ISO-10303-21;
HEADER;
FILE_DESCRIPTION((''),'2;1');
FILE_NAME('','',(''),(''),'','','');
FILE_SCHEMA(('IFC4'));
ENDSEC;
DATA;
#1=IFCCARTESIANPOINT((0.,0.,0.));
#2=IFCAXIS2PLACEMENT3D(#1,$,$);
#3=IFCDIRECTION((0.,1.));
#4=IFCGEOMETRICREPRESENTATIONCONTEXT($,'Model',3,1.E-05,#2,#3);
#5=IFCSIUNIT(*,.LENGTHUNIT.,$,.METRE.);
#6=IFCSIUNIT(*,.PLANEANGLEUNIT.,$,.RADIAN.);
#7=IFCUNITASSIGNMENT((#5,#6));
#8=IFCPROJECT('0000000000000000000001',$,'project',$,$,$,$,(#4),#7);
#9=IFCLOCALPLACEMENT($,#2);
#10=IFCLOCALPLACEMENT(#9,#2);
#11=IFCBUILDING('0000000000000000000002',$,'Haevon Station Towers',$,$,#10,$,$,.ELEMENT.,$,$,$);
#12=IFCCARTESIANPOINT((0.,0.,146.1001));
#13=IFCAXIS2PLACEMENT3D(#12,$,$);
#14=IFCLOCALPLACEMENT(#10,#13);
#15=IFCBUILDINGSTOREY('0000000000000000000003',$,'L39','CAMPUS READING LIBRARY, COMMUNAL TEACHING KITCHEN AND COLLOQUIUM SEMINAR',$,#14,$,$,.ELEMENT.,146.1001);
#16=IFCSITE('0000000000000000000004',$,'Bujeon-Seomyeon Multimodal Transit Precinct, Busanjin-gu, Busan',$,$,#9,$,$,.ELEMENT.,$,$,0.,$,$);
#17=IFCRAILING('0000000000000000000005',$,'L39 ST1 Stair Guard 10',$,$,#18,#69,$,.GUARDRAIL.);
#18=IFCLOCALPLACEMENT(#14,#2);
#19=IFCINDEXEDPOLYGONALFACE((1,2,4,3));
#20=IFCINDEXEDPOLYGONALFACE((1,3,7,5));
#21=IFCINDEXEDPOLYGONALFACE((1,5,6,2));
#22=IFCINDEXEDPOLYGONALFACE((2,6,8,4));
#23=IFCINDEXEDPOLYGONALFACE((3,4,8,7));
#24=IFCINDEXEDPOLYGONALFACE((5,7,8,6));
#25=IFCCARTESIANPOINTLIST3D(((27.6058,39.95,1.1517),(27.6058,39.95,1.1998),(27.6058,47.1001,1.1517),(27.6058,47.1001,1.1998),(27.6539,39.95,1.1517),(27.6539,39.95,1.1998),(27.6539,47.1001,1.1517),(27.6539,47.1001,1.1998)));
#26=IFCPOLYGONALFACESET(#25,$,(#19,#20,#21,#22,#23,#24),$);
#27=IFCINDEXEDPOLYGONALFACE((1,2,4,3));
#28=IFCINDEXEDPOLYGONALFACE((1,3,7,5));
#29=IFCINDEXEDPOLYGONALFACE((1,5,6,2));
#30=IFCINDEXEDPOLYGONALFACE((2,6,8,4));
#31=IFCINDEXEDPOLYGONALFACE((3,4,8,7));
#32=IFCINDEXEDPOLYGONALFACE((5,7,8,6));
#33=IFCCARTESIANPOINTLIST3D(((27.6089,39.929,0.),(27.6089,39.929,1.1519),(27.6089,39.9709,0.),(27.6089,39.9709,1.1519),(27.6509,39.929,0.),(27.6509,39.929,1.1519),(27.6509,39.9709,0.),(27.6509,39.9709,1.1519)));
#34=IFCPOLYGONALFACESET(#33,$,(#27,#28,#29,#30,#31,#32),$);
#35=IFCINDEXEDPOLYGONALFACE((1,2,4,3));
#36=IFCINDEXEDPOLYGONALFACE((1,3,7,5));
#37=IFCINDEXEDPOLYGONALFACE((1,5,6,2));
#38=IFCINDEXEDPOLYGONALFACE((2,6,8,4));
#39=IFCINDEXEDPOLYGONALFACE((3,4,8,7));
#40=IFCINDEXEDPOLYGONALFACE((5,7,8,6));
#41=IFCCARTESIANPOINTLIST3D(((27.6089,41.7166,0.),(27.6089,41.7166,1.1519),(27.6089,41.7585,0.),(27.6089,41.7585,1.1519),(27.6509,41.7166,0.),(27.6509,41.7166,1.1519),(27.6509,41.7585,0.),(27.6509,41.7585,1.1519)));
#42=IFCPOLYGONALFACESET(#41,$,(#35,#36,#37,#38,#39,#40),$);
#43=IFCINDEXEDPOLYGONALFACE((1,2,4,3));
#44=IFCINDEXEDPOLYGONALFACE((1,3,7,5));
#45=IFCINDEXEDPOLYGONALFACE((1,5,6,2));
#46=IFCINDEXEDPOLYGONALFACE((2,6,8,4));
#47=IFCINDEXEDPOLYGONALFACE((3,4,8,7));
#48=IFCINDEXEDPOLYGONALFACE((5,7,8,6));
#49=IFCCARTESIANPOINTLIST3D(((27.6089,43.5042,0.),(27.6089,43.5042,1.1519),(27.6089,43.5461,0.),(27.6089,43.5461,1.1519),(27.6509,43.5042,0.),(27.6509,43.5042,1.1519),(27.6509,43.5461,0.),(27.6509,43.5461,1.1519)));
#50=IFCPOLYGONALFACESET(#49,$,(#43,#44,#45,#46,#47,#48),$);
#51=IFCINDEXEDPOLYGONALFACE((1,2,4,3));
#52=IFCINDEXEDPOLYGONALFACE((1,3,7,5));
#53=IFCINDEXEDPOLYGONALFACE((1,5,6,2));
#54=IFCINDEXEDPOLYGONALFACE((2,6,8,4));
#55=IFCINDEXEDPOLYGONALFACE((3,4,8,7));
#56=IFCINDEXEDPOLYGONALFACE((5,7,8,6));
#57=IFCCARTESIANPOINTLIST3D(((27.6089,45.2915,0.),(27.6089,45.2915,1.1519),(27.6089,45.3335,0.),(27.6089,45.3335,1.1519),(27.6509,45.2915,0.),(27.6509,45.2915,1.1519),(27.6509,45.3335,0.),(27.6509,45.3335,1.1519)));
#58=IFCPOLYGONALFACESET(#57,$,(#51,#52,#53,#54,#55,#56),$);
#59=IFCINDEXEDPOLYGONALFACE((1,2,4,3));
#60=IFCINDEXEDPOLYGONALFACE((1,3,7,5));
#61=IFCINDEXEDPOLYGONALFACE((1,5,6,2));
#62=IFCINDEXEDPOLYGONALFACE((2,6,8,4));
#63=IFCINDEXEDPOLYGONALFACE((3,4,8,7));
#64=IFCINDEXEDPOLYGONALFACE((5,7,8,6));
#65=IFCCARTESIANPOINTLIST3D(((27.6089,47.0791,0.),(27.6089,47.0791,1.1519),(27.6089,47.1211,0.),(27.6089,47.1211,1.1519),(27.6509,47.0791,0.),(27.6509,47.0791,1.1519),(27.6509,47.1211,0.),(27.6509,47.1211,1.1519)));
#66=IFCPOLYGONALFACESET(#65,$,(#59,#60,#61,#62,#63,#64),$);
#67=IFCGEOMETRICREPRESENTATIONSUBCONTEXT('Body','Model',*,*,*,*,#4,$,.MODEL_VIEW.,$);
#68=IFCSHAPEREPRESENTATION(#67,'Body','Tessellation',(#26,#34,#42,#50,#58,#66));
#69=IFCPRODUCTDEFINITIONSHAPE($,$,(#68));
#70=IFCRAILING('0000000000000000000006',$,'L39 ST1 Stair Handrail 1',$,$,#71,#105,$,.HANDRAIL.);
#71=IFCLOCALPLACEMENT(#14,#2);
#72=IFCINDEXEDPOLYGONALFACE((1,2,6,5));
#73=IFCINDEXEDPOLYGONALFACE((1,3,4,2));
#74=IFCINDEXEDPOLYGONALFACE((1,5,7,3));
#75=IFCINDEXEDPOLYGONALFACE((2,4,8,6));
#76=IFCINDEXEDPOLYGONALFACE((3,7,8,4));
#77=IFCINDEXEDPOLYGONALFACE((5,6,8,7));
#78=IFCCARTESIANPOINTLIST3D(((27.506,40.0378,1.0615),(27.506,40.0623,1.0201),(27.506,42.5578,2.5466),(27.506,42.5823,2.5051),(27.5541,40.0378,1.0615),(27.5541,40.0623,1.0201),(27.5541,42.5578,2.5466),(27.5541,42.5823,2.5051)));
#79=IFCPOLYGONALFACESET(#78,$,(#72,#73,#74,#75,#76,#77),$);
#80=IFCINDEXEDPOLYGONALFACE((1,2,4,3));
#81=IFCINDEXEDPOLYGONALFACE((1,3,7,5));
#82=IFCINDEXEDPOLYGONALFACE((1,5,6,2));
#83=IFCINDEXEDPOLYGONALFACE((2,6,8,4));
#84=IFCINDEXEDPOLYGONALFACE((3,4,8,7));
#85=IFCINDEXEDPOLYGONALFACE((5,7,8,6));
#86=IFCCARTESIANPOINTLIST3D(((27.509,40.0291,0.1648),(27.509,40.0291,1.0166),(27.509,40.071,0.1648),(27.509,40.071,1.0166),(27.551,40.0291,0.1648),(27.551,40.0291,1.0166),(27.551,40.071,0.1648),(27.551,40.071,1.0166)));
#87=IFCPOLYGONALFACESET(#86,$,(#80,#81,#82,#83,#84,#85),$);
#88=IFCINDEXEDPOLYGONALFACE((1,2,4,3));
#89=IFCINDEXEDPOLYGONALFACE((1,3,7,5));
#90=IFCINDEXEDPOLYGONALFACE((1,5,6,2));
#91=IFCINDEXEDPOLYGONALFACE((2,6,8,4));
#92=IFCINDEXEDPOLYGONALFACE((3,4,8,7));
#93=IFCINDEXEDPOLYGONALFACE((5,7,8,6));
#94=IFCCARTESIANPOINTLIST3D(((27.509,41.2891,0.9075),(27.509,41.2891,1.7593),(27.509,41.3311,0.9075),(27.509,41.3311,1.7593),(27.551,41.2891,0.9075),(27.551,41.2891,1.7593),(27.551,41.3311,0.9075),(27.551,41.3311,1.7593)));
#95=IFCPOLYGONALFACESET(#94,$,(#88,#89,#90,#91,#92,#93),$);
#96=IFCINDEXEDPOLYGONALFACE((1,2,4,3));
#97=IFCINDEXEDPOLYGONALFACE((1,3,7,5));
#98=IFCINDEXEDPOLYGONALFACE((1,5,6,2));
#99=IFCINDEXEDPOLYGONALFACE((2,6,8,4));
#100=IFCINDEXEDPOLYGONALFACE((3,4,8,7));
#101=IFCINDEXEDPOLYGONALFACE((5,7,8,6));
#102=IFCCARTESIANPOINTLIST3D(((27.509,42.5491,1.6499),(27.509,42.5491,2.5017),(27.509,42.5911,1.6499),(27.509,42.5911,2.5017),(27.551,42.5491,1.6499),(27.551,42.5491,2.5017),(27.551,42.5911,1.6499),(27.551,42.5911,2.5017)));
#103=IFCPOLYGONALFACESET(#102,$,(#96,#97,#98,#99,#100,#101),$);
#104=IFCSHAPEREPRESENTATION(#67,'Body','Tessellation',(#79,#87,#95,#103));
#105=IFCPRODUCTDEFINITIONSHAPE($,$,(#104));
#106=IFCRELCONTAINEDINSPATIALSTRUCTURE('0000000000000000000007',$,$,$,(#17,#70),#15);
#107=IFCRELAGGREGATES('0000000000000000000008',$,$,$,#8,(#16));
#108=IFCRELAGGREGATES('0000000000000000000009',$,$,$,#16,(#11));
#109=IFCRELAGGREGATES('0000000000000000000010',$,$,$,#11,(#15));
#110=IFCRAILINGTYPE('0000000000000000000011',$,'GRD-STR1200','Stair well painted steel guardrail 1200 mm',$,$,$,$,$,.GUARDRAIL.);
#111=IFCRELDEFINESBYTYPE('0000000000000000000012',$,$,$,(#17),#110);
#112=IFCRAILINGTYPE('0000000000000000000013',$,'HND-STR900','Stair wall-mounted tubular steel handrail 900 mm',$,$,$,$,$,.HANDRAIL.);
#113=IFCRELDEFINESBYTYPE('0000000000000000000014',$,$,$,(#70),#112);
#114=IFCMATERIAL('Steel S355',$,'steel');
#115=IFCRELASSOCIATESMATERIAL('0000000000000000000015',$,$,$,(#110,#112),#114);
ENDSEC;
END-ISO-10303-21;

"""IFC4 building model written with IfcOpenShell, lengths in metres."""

from ifc_helpers import new_model, si_unit, direction, frame, origin, origin_2d, place, context, subcontext, project, spatial, rectangle, extrude, material, type_object, element, save


model = new_model("IFC4")

# Units and contexts
model_context = context("Model", 3, precision=1e-05, world=origin(), true_north=direction((0.0, 1.0)))
body_context = subcontext(model_context, "Body", "Model", "MODEL_VIEW")
ifc_project = project(units=[si_unit("LENGTHUNIT", "METRE"), si_unit("PLANEANGLEUNIT", "RADIAN")], contexts=[model_context])

# Site, building, storey
site_placement = place(None, origin())
site = spatial("IfcSite", under=ifc_project, at=site_placement, Name="Bujeon-Seomyeon Multimodal Transit Precinct, Busanjin-gu, Busan", CompositionType="ELEMENT", RefElevation=0.0)
building_placement = place(site_placement, origin())
building = spatial("IfcBuilding", under=site, at=building_placement, Name="Haevon Station Towers", CompositionType="ELEMENT")
storey_placement = place(building_placement, frame((0.0, 0.0, 146.1001)))
storey = spatial("IfcBuildingStorey", under=building, at=storey_placement, Name="L39", Description="CAMPUS READING LIBRARY, COMMUNAL TEACHING KITCHEN AND COLLOQUIUM SEMINAR", CompositionType="ELEMENT", Elevation=146.1001)

# Shared definitions
ifc_material_1 = material(Name="Steel S355", Category="steel")

# Railings
railing_type_1 = type_object("IfcRailingType", Name="GRD-STR1200", Description="Stair well painted steel guardrail 1200 mm", PredefinedType="GUARDRAIL", material=ifc_material_1)
railing_1_placement = place(storey_placement, frame((27.6299, 39.95, 0.0)))
element("IfcRailing", 1, at=railing_1_placement, inside=storey, type_object=railing_type_1, Name="L39 ST1 Stair Guard 10", PredefinedType="GUARDRAIL", context=body_context, shape_type="SweptSolid", body=[
    extrude(rectangle(XDim=0.0481, YDim=0.0481, at=origin_2d()), frame((0.0, 0.0, 1.1758), z_axis=(0.0, 1.0, 0.0), x_axis=(-1.0, 0.0, 0.0)), (0.0, 0.0, 1.0), 7.1501),
    extrude(rectangle(XDim=0.042, YDim=0.042, at=origin_2d()), origin(), (0.0, 0.0, 1.0), 1.1519),
    extrude(rectangle(XDim=0.042, YDim=0.042, at=origin_2d()), frame((0.0, 1.7876, 0.0)), (0.0, 0.0, 1.0), 1.1519),
    extrude(rectangle(XDim=0.042, YDim=0.042, at=origin_2d()), frame((0.0, 3.5752, 0.0)), (0.0, 0.0, 1.0), 1.1519),
    extrude(rectangle(XDim=0.042, YDim=0.042, at=origin_2d()), frame((0.0, 5.3625, 0.0)), (0.0, 0.0, 1.0), 1.1519),
    extrude(rectangle(XDim=0.042, YDim=0.042, at=origin_2d()), frame((0.0, 7.1501, 0.0)), (0.0, 0.0, 1.0), 1.1519),
])
railing_type_2 = type_object("IfcRailingType", Name="HND-STR900", Description="Stair wall-mounted tubular steel handrail 900 mm", PredefinedType="HANDRAIL", material=ifc_material_1)
railing_2_placement = place(storey_placement, frame((27.53, 40.05, 0.1648)))
element("IfcRailing", 2, at=railing_2_placement, inside=storey, type_object=railing_type_2, Name="L39 ST1 Stair Handrail 1", PredefinedType="HANDRAIL", context=body_context, shape_type="SweptSolid", body=[
    extrude(rectangle(XDim=0.0481, YDim=0.0481, at=origin_2d()), frame((0.0, 0.0, 0.876), z_axis=(0.0, 0.861524, 0.507717), x_axis=(-1.0, 0.0, 0.0)), (0.0, 0.0, 1.0), 2.925),
    extrude(rectangle(XDim=0.042, YDim=0.042, at=origin_2d()), origin(), (0.0, 0.0, 1.0), 0.8518),
    extrude(rectangle(XDim=0.042, YDim=0.042, at=origin_2d()), frame((0.0, 1.26, 0.7427)), (0.0, 0.0, 1.0), 0.8518),
    extrude(rectangle(XDim=0.042, YDim=0.042, at=origin_2d()), frame((0.0, 2.52, 1.4851)), (0.0, 0.0, 1.0), 0.8518),
])

save(model, "model.ifc")
